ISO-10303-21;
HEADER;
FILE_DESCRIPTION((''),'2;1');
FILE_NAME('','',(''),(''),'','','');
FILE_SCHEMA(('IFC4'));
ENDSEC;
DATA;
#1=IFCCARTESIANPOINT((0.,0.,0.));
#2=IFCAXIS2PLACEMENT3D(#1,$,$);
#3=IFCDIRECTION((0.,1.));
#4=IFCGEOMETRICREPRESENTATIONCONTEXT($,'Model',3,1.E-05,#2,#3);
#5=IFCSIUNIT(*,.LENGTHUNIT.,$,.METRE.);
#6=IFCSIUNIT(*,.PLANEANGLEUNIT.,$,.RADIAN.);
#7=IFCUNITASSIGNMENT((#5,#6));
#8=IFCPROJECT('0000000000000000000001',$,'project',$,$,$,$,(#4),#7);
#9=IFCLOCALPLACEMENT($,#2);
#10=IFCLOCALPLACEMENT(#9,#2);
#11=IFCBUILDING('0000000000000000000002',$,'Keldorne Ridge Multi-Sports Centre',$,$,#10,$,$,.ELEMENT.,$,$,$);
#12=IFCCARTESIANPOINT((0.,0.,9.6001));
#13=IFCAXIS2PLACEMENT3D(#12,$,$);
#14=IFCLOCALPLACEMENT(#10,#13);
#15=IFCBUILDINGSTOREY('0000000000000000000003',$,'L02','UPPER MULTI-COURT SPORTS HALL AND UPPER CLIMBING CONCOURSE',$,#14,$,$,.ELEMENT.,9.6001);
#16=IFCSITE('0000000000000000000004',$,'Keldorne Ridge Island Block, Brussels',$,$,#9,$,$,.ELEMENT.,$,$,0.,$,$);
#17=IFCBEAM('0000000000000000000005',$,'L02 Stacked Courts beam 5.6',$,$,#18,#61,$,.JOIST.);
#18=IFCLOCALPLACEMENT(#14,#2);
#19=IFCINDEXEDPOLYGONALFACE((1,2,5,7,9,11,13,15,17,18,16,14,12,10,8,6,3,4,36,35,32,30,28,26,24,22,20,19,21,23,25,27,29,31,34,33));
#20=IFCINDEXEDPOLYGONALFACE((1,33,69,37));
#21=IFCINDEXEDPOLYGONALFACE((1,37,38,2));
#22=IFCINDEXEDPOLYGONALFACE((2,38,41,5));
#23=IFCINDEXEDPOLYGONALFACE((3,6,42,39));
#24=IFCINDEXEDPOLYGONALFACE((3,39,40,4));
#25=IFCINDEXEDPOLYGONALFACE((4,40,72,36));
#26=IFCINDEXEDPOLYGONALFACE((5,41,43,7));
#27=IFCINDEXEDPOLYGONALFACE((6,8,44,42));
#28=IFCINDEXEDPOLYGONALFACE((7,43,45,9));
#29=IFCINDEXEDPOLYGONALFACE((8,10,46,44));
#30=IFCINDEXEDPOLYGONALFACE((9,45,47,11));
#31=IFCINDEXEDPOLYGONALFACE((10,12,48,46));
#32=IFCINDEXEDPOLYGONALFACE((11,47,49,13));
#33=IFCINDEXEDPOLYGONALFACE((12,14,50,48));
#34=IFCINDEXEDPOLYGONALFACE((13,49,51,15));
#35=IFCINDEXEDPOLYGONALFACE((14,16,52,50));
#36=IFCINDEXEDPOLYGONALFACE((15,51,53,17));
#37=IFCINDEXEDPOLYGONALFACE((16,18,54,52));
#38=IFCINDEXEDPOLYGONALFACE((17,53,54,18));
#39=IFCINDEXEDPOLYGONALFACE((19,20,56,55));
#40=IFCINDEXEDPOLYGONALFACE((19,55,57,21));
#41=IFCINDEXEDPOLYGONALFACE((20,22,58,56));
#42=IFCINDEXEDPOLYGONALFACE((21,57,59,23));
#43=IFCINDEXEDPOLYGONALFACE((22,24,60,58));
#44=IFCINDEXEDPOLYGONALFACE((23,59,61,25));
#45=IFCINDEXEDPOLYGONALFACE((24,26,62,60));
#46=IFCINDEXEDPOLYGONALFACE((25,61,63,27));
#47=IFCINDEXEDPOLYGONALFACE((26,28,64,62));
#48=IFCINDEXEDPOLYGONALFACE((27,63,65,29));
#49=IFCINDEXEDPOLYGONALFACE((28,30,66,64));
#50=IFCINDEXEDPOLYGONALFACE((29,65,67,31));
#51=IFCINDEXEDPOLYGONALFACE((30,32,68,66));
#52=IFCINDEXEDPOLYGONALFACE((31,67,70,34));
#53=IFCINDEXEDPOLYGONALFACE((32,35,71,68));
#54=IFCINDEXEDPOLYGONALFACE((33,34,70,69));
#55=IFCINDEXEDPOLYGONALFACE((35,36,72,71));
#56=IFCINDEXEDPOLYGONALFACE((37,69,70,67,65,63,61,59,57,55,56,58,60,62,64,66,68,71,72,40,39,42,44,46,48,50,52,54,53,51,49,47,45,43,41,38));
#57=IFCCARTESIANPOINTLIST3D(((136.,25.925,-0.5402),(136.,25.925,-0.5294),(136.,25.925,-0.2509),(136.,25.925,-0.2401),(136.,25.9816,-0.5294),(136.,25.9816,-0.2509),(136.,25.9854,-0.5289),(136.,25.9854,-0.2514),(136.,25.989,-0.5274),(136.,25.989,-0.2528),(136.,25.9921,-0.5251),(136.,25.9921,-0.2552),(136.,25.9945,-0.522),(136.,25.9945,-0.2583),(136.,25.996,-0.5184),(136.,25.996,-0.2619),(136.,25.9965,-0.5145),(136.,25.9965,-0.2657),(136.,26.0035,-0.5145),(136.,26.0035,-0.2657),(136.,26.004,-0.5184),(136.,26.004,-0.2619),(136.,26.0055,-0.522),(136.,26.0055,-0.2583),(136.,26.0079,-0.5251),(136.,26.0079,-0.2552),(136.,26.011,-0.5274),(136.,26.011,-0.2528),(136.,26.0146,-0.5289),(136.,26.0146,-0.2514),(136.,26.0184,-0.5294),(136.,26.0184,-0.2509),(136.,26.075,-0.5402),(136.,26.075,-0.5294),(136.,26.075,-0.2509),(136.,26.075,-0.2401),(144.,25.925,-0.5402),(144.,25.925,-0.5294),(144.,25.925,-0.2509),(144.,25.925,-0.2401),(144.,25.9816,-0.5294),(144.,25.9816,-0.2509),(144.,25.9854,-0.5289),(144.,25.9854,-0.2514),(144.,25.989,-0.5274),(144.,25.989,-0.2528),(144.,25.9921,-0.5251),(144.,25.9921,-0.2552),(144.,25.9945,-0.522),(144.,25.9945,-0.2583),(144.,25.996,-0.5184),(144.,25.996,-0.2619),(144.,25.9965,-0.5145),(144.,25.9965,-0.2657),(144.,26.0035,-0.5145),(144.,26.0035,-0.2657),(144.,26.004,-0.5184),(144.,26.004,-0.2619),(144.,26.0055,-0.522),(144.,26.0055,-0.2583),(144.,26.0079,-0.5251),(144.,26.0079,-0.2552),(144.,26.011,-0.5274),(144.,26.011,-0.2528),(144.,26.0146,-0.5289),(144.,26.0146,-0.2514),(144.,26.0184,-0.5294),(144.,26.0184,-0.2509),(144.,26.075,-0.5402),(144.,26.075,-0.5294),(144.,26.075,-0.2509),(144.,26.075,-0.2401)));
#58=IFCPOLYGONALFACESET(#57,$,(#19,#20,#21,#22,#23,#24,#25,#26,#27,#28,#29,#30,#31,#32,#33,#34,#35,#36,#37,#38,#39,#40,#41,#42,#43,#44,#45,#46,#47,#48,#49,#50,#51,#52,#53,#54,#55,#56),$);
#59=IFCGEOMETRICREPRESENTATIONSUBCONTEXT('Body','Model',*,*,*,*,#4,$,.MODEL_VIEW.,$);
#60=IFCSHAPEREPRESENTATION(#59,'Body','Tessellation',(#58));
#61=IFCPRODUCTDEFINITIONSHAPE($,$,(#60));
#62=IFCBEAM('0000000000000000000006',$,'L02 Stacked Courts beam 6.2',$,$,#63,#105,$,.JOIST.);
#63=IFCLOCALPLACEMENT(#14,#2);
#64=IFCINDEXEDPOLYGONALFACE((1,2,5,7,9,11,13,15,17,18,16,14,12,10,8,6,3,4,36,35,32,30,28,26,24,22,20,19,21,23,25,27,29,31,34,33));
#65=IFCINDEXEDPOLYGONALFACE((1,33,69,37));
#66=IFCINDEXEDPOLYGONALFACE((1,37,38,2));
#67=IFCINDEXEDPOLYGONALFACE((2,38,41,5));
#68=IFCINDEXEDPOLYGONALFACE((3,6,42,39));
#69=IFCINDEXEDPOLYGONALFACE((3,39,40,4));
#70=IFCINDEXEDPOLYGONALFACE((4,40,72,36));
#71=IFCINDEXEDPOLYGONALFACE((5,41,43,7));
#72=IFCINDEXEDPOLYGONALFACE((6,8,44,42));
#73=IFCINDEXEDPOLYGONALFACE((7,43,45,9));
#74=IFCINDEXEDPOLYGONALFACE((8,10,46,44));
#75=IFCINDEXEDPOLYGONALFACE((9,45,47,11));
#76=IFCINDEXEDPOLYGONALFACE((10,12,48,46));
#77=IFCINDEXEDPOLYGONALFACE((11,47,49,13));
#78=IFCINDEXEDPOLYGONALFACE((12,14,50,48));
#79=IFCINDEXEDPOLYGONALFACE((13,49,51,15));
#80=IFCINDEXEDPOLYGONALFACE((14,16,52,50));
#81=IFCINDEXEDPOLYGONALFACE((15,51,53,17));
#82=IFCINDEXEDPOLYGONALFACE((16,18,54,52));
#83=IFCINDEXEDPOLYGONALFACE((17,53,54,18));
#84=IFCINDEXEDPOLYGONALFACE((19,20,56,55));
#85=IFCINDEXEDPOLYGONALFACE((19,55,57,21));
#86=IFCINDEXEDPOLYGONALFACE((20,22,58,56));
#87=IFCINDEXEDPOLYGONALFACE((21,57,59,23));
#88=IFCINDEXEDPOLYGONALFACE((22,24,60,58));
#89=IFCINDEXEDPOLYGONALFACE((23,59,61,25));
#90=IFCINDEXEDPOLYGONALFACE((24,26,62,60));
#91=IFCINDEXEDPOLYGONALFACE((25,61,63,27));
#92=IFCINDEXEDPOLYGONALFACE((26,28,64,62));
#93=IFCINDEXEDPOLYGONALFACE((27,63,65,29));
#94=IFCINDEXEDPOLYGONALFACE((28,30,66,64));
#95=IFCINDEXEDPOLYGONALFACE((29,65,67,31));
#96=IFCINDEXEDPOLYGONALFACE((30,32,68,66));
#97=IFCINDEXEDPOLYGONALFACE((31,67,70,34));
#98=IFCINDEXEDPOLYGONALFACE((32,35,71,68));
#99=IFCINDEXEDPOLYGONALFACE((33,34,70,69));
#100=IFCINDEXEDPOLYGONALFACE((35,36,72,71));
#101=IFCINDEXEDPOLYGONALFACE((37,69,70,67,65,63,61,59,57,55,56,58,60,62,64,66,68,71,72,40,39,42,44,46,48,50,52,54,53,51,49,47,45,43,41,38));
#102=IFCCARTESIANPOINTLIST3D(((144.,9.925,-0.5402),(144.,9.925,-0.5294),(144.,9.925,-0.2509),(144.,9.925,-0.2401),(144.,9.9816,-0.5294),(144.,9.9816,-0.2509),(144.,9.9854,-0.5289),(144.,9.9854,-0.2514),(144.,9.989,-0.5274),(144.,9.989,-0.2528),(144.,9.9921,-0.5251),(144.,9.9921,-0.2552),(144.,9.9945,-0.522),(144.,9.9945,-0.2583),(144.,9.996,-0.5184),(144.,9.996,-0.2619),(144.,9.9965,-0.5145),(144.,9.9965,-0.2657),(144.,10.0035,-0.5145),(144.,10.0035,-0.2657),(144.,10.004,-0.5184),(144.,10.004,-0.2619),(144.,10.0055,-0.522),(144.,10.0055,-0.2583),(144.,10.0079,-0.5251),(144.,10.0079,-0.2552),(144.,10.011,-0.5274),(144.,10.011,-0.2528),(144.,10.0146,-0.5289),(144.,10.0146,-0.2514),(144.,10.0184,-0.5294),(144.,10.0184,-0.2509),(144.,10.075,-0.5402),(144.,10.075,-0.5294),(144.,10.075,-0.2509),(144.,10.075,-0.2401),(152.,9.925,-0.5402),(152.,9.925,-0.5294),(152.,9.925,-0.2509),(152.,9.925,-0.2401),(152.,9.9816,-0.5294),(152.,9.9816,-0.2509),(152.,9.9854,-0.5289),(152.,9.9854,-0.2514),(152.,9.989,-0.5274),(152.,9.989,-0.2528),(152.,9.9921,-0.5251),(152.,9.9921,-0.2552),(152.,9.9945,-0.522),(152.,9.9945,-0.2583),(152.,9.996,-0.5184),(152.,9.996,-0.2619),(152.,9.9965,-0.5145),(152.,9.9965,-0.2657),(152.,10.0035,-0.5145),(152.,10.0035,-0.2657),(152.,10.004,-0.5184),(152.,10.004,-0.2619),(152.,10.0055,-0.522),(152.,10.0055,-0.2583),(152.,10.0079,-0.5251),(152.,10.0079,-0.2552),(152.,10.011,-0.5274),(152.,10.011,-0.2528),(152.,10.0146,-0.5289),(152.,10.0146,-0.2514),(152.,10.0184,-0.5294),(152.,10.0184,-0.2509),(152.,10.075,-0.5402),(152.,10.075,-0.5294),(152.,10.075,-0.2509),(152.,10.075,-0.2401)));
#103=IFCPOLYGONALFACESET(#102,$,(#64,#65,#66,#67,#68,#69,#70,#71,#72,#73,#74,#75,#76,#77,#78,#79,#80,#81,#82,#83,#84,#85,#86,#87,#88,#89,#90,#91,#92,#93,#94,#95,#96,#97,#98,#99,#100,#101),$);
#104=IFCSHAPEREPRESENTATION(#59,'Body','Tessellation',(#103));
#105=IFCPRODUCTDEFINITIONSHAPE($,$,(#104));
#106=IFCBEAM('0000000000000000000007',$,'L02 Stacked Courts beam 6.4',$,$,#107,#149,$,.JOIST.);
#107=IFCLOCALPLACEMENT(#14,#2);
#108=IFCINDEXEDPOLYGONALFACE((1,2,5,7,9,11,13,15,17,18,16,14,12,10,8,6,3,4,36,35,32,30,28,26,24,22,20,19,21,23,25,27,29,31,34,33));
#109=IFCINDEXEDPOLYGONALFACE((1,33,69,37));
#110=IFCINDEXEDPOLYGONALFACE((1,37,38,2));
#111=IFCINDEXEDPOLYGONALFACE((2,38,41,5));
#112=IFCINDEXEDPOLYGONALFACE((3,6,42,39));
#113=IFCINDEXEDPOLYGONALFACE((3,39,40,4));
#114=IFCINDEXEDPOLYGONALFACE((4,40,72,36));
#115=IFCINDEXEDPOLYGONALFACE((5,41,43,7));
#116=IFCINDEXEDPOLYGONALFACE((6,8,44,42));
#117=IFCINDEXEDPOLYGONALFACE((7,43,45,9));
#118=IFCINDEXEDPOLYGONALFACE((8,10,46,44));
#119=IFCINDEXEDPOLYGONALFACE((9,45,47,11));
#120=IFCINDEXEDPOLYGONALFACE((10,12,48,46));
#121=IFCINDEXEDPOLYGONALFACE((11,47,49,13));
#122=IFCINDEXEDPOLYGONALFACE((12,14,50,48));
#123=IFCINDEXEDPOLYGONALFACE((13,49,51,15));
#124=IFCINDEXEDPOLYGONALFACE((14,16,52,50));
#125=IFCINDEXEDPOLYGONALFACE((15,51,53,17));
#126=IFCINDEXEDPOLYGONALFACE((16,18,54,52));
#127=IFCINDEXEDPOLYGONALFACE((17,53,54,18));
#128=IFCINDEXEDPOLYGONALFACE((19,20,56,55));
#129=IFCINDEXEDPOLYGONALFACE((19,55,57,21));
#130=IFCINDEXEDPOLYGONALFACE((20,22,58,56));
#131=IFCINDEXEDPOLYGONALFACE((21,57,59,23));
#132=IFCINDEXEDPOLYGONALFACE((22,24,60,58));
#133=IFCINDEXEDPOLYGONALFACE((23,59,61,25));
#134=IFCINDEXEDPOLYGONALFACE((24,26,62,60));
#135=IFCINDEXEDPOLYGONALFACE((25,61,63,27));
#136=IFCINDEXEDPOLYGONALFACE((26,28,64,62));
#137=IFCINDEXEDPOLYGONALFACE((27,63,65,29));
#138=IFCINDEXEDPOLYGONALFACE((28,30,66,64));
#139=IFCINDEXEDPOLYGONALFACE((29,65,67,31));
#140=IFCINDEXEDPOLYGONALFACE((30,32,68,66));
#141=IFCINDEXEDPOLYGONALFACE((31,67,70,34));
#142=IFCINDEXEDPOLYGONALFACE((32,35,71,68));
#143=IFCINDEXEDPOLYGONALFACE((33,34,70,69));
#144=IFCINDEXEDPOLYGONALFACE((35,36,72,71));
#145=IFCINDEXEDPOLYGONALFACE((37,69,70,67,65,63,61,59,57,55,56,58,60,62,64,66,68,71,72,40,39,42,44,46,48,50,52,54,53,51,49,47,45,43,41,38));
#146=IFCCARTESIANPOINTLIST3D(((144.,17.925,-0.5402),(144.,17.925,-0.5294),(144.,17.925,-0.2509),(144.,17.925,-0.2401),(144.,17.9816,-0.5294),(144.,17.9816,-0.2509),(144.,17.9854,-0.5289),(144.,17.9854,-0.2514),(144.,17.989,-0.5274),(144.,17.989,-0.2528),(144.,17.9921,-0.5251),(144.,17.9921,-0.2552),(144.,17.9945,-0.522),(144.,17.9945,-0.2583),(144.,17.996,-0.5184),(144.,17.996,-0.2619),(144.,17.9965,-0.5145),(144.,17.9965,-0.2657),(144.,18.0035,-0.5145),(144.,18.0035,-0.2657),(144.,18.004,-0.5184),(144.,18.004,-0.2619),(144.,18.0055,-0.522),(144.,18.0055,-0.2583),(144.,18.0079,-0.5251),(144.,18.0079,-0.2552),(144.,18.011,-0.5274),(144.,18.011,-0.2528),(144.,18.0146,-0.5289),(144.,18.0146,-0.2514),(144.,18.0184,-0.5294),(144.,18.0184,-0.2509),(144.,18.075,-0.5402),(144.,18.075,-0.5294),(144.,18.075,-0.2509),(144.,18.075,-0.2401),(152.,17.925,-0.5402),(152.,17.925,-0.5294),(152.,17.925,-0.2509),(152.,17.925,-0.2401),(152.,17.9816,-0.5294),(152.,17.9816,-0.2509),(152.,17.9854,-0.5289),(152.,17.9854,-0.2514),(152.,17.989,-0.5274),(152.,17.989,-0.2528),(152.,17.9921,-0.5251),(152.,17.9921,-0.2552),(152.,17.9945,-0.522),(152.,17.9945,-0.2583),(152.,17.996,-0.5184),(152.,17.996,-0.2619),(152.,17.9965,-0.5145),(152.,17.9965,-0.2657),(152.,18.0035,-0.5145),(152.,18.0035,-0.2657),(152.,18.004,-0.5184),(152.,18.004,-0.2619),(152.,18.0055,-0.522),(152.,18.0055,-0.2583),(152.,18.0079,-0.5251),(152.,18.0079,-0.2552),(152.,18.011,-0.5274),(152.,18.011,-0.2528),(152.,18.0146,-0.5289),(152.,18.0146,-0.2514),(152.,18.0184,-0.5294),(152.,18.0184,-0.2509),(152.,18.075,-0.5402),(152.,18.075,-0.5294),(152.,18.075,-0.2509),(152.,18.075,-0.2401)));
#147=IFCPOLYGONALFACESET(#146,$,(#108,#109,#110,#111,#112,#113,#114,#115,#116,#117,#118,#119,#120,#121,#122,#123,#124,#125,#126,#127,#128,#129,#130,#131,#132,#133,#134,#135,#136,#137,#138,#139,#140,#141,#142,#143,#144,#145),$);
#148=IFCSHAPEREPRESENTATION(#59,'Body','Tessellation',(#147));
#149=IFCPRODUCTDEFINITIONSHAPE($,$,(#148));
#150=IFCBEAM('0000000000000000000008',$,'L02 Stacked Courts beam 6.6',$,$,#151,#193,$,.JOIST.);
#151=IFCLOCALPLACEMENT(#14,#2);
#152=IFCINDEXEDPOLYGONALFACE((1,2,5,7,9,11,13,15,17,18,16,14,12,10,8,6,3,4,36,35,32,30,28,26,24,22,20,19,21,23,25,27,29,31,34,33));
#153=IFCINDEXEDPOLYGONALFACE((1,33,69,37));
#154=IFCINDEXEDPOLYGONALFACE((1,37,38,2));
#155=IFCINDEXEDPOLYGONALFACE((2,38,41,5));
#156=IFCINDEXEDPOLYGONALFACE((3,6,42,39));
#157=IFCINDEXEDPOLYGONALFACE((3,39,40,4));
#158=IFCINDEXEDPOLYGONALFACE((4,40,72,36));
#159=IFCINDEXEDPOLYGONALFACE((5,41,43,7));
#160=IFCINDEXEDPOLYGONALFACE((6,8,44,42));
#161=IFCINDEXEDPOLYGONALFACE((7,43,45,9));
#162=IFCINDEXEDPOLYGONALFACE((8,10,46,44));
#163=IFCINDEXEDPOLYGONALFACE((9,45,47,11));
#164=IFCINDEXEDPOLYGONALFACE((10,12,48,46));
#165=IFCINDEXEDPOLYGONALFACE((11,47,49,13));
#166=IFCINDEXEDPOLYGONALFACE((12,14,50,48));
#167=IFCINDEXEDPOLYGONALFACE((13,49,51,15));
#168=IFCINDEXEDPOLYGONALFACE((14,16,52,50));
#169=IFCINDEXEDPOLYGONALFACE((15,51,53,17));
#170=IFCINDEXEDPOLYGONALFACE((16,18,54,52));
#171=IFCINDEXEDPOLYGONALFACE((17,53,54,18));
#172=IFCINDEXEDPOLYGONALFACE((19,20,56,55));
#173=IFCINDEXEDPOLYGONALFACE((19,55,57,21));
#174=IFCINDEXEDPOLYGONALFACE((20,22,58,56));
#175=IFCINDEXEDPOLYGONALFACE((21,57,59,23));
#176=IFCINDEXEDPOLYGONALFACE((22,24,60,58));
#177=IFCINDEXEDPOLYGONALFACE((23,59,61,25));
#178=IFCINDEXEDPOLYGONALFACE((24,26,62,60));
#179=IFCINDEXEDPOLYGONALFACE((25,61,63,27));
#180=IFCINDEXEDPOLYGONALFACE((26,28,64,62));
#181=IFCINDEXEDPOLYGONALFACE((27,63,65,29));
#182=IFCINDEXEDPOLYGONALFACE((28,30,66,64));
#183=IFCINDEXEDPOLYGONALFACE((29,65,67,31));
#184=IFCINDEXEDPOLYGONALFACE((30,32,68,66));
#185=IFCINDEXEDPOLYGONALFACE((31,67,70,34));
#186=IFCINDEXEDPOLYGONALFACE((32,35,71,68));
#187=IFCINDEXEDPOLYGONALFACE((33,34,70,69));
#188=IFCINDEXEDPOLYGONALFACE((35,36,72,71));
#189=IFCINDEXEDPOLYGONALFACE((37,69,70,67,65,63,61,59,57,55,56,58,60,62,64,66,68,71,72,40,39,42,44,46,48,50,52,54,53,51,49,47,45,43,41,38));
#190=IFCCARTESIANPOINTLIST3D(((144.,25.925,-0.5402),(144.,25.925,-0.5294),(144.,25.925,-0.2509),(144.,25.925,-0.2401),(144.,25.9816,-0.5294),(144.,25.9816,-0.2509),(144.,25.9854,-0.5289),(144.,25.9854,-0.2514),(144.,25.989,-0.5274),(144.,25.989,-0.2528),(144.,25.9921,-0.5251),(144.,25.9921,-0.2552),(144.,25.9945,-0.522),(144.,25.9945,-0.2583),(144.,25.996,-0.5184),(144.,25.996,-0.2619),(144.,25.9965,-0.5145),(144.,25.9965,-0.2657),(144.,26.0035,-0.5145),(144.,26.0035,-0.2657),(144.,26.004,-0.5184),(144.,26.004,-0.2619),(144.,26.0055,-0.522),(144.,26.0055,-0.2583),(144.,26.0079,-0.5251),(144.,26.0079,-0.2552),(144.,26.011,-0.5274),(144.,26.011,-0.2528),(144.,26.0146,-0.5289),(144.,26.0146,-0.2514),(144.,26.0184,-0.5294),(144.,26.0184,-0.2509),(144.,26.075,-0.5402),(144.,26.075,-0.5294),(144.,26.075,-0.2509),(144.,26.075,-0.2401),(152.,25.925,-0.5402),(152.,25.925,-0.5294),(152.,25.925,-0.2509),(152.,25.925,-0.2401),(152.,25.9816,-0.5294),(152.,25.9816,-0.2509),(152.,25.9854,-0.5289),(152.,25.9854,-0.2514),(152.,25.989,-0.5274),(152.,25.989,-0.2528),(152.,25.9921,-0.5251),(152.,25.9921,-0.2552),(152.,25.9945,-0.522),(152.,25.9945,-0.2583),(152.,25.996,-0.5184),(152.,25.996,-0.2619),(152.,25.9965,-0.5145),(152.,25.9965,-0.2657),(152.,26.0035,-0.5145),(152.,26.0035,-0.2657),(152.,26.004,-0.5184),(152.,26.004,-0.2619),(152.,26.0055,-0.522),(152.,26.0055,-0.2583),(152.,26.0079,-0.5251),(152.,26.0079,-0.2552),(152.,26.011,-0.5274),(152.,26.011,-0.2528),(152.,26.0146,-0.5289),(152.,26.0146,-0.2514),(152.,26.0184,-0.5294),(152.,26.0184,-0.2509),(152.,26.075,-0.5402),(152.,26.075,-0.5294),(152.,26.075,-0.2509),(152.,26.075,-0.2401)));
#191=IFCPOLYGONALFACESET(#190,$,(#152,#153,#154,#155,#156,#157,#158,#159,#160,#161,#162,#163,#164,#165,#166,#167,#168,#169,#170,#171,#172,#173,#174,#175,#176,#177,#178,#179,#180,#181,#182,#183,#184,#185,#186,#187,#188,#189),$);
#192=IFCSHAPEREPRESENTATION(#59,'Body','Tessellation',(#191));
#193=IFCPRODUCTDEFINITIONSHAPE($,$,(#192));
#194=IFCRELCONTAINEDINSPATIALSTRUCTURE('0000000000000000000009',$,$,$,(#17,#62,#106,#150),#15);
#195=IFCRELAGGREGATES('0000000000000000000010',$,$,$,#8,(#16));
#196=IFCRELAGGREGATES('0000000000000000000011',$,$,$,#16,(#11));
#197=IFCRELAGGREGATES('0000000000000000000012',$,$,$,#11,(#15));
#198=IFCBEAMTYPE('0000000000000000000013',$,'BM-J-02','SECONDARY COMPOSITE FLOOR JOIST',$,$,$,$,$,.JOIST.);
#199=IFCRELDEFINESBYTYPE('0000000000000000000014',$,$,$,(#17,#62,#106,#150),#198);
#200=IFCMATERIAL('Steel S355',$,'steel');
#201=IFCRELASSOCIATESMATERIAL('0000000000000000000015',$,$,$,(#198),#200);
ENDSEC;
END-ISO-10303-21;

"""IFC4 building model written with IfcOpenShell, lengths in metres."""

from ifc_helpers import new_model, si_unit, direction, frame, origin, origin_2d, place, context, subcontext, project, spatial, i_section, extrude, material, material_profile, profile_set, type_object, element, save


model = new_model("IFC4")

# Units and contexts
model_context = context("Model", 3, precision=1e-05, world=origin(), true_north=direction((0.0, 1.0)))
body_context = subcontext(model_context, "Body", "Model", "MODEL_VIEW")
ifc_project = project(units=[si_unit("LENGTHUNIT", "METRE"), si_unit("PLANEANGLEUNIT", "RADIAN")], contexts=[model_context])

# Site, building, storey
site_placement = place(None, origin())
site = spatial("IfcSite", under=ifc_project, at=site_placement, Name="Keldorne Ridge Island Block, Brussels", CompositionType="ELEMENT", RefElevation=0.0)
building_placement = place(site_placement, origin())
building = spatial("IfcBuilding", under=site, at=building_placement, Name="Keldorne Ridge Multi-Sports Centre", CompositionType="ELEMENT")
storey_placement = place(building_placement, frame((0.0, 0.0, 9.6001)))
storey = spatial("IfcBuildingStorey", under=building, at=storey_placement, Name="L02", Description="UPPER MULTI-COURT SPORTS HALL AND UPPER CLIMBING CONCOURSE", CompositionType="ELEMENT", Elevation=9.6001)

# Beams
ifc_material_1 = material(Name="Steel S355", Category="steel")
ifc_material_profile_1 = material_profile(ifc_material_1, i_section(OverallWidth=0.1499, OverallDepth=0.3, WebThickness=0.0071, FlangeThickness=0.0107, FilletRadius=0.0149, at=origin_2d()), Name="IPE 300")
ifc_profile_set_1 = profile_set([ifc_material_profile_1], Name="Steel S355")
beam_type_1 = type_object("IfcBeamType", Name="BM-J-02", Description="SECONDARY COMPOSITE FLOOR JOIST", PredefinedType="JOIST", material=ifc_profile_set_1)
for number, where, z_axis, x_axis, name in (
    (1, (136.0, 26.0, -0.3901), (1.0, 0.0, 0.0), (0.0, 1.0, 0.0), "L02 Stacked Courts beam 5.6"),
    (2, (144.0, 10.0, -0.3901), (1.0, 0.0, 0.0), (0.0, 1.0, 0.0), "L02 Stacked Courts beam 6.2"),
    (3, (144.0, 18.0, -0.3901), (1.0, 0.0, 0.0), (0.0, 1.0, 0.0), "L02 Stacked Courts beam 6.4"),
    (4, (144.0, 26.0, -0.3901), (1.0, 0.0, 0.0), (0.0, 1.0, 0.0), "L02 Stacked Courts beam 6.6"),
):
    element("IfcBeam", number, at=place(storey_placement, frame(where, z_axis=z_axis, x_axis=x_axis)), inside=storey, type_object=beam_type_1, Name=name, PredefinedType="JOIST", context=body_context, shape_type="SweptSolid", body=[
        extrude(i_section(OverallWidth=0.1499, OverallDepth=0.3, WebThickness=0.0071, FlangeThickness=0.0107, FilletRadius=0.0149, at=origin_2d()), origin(), (0.0, 0.0, 1.0), 8.0),
    ])

save(model, "model.ifc")
